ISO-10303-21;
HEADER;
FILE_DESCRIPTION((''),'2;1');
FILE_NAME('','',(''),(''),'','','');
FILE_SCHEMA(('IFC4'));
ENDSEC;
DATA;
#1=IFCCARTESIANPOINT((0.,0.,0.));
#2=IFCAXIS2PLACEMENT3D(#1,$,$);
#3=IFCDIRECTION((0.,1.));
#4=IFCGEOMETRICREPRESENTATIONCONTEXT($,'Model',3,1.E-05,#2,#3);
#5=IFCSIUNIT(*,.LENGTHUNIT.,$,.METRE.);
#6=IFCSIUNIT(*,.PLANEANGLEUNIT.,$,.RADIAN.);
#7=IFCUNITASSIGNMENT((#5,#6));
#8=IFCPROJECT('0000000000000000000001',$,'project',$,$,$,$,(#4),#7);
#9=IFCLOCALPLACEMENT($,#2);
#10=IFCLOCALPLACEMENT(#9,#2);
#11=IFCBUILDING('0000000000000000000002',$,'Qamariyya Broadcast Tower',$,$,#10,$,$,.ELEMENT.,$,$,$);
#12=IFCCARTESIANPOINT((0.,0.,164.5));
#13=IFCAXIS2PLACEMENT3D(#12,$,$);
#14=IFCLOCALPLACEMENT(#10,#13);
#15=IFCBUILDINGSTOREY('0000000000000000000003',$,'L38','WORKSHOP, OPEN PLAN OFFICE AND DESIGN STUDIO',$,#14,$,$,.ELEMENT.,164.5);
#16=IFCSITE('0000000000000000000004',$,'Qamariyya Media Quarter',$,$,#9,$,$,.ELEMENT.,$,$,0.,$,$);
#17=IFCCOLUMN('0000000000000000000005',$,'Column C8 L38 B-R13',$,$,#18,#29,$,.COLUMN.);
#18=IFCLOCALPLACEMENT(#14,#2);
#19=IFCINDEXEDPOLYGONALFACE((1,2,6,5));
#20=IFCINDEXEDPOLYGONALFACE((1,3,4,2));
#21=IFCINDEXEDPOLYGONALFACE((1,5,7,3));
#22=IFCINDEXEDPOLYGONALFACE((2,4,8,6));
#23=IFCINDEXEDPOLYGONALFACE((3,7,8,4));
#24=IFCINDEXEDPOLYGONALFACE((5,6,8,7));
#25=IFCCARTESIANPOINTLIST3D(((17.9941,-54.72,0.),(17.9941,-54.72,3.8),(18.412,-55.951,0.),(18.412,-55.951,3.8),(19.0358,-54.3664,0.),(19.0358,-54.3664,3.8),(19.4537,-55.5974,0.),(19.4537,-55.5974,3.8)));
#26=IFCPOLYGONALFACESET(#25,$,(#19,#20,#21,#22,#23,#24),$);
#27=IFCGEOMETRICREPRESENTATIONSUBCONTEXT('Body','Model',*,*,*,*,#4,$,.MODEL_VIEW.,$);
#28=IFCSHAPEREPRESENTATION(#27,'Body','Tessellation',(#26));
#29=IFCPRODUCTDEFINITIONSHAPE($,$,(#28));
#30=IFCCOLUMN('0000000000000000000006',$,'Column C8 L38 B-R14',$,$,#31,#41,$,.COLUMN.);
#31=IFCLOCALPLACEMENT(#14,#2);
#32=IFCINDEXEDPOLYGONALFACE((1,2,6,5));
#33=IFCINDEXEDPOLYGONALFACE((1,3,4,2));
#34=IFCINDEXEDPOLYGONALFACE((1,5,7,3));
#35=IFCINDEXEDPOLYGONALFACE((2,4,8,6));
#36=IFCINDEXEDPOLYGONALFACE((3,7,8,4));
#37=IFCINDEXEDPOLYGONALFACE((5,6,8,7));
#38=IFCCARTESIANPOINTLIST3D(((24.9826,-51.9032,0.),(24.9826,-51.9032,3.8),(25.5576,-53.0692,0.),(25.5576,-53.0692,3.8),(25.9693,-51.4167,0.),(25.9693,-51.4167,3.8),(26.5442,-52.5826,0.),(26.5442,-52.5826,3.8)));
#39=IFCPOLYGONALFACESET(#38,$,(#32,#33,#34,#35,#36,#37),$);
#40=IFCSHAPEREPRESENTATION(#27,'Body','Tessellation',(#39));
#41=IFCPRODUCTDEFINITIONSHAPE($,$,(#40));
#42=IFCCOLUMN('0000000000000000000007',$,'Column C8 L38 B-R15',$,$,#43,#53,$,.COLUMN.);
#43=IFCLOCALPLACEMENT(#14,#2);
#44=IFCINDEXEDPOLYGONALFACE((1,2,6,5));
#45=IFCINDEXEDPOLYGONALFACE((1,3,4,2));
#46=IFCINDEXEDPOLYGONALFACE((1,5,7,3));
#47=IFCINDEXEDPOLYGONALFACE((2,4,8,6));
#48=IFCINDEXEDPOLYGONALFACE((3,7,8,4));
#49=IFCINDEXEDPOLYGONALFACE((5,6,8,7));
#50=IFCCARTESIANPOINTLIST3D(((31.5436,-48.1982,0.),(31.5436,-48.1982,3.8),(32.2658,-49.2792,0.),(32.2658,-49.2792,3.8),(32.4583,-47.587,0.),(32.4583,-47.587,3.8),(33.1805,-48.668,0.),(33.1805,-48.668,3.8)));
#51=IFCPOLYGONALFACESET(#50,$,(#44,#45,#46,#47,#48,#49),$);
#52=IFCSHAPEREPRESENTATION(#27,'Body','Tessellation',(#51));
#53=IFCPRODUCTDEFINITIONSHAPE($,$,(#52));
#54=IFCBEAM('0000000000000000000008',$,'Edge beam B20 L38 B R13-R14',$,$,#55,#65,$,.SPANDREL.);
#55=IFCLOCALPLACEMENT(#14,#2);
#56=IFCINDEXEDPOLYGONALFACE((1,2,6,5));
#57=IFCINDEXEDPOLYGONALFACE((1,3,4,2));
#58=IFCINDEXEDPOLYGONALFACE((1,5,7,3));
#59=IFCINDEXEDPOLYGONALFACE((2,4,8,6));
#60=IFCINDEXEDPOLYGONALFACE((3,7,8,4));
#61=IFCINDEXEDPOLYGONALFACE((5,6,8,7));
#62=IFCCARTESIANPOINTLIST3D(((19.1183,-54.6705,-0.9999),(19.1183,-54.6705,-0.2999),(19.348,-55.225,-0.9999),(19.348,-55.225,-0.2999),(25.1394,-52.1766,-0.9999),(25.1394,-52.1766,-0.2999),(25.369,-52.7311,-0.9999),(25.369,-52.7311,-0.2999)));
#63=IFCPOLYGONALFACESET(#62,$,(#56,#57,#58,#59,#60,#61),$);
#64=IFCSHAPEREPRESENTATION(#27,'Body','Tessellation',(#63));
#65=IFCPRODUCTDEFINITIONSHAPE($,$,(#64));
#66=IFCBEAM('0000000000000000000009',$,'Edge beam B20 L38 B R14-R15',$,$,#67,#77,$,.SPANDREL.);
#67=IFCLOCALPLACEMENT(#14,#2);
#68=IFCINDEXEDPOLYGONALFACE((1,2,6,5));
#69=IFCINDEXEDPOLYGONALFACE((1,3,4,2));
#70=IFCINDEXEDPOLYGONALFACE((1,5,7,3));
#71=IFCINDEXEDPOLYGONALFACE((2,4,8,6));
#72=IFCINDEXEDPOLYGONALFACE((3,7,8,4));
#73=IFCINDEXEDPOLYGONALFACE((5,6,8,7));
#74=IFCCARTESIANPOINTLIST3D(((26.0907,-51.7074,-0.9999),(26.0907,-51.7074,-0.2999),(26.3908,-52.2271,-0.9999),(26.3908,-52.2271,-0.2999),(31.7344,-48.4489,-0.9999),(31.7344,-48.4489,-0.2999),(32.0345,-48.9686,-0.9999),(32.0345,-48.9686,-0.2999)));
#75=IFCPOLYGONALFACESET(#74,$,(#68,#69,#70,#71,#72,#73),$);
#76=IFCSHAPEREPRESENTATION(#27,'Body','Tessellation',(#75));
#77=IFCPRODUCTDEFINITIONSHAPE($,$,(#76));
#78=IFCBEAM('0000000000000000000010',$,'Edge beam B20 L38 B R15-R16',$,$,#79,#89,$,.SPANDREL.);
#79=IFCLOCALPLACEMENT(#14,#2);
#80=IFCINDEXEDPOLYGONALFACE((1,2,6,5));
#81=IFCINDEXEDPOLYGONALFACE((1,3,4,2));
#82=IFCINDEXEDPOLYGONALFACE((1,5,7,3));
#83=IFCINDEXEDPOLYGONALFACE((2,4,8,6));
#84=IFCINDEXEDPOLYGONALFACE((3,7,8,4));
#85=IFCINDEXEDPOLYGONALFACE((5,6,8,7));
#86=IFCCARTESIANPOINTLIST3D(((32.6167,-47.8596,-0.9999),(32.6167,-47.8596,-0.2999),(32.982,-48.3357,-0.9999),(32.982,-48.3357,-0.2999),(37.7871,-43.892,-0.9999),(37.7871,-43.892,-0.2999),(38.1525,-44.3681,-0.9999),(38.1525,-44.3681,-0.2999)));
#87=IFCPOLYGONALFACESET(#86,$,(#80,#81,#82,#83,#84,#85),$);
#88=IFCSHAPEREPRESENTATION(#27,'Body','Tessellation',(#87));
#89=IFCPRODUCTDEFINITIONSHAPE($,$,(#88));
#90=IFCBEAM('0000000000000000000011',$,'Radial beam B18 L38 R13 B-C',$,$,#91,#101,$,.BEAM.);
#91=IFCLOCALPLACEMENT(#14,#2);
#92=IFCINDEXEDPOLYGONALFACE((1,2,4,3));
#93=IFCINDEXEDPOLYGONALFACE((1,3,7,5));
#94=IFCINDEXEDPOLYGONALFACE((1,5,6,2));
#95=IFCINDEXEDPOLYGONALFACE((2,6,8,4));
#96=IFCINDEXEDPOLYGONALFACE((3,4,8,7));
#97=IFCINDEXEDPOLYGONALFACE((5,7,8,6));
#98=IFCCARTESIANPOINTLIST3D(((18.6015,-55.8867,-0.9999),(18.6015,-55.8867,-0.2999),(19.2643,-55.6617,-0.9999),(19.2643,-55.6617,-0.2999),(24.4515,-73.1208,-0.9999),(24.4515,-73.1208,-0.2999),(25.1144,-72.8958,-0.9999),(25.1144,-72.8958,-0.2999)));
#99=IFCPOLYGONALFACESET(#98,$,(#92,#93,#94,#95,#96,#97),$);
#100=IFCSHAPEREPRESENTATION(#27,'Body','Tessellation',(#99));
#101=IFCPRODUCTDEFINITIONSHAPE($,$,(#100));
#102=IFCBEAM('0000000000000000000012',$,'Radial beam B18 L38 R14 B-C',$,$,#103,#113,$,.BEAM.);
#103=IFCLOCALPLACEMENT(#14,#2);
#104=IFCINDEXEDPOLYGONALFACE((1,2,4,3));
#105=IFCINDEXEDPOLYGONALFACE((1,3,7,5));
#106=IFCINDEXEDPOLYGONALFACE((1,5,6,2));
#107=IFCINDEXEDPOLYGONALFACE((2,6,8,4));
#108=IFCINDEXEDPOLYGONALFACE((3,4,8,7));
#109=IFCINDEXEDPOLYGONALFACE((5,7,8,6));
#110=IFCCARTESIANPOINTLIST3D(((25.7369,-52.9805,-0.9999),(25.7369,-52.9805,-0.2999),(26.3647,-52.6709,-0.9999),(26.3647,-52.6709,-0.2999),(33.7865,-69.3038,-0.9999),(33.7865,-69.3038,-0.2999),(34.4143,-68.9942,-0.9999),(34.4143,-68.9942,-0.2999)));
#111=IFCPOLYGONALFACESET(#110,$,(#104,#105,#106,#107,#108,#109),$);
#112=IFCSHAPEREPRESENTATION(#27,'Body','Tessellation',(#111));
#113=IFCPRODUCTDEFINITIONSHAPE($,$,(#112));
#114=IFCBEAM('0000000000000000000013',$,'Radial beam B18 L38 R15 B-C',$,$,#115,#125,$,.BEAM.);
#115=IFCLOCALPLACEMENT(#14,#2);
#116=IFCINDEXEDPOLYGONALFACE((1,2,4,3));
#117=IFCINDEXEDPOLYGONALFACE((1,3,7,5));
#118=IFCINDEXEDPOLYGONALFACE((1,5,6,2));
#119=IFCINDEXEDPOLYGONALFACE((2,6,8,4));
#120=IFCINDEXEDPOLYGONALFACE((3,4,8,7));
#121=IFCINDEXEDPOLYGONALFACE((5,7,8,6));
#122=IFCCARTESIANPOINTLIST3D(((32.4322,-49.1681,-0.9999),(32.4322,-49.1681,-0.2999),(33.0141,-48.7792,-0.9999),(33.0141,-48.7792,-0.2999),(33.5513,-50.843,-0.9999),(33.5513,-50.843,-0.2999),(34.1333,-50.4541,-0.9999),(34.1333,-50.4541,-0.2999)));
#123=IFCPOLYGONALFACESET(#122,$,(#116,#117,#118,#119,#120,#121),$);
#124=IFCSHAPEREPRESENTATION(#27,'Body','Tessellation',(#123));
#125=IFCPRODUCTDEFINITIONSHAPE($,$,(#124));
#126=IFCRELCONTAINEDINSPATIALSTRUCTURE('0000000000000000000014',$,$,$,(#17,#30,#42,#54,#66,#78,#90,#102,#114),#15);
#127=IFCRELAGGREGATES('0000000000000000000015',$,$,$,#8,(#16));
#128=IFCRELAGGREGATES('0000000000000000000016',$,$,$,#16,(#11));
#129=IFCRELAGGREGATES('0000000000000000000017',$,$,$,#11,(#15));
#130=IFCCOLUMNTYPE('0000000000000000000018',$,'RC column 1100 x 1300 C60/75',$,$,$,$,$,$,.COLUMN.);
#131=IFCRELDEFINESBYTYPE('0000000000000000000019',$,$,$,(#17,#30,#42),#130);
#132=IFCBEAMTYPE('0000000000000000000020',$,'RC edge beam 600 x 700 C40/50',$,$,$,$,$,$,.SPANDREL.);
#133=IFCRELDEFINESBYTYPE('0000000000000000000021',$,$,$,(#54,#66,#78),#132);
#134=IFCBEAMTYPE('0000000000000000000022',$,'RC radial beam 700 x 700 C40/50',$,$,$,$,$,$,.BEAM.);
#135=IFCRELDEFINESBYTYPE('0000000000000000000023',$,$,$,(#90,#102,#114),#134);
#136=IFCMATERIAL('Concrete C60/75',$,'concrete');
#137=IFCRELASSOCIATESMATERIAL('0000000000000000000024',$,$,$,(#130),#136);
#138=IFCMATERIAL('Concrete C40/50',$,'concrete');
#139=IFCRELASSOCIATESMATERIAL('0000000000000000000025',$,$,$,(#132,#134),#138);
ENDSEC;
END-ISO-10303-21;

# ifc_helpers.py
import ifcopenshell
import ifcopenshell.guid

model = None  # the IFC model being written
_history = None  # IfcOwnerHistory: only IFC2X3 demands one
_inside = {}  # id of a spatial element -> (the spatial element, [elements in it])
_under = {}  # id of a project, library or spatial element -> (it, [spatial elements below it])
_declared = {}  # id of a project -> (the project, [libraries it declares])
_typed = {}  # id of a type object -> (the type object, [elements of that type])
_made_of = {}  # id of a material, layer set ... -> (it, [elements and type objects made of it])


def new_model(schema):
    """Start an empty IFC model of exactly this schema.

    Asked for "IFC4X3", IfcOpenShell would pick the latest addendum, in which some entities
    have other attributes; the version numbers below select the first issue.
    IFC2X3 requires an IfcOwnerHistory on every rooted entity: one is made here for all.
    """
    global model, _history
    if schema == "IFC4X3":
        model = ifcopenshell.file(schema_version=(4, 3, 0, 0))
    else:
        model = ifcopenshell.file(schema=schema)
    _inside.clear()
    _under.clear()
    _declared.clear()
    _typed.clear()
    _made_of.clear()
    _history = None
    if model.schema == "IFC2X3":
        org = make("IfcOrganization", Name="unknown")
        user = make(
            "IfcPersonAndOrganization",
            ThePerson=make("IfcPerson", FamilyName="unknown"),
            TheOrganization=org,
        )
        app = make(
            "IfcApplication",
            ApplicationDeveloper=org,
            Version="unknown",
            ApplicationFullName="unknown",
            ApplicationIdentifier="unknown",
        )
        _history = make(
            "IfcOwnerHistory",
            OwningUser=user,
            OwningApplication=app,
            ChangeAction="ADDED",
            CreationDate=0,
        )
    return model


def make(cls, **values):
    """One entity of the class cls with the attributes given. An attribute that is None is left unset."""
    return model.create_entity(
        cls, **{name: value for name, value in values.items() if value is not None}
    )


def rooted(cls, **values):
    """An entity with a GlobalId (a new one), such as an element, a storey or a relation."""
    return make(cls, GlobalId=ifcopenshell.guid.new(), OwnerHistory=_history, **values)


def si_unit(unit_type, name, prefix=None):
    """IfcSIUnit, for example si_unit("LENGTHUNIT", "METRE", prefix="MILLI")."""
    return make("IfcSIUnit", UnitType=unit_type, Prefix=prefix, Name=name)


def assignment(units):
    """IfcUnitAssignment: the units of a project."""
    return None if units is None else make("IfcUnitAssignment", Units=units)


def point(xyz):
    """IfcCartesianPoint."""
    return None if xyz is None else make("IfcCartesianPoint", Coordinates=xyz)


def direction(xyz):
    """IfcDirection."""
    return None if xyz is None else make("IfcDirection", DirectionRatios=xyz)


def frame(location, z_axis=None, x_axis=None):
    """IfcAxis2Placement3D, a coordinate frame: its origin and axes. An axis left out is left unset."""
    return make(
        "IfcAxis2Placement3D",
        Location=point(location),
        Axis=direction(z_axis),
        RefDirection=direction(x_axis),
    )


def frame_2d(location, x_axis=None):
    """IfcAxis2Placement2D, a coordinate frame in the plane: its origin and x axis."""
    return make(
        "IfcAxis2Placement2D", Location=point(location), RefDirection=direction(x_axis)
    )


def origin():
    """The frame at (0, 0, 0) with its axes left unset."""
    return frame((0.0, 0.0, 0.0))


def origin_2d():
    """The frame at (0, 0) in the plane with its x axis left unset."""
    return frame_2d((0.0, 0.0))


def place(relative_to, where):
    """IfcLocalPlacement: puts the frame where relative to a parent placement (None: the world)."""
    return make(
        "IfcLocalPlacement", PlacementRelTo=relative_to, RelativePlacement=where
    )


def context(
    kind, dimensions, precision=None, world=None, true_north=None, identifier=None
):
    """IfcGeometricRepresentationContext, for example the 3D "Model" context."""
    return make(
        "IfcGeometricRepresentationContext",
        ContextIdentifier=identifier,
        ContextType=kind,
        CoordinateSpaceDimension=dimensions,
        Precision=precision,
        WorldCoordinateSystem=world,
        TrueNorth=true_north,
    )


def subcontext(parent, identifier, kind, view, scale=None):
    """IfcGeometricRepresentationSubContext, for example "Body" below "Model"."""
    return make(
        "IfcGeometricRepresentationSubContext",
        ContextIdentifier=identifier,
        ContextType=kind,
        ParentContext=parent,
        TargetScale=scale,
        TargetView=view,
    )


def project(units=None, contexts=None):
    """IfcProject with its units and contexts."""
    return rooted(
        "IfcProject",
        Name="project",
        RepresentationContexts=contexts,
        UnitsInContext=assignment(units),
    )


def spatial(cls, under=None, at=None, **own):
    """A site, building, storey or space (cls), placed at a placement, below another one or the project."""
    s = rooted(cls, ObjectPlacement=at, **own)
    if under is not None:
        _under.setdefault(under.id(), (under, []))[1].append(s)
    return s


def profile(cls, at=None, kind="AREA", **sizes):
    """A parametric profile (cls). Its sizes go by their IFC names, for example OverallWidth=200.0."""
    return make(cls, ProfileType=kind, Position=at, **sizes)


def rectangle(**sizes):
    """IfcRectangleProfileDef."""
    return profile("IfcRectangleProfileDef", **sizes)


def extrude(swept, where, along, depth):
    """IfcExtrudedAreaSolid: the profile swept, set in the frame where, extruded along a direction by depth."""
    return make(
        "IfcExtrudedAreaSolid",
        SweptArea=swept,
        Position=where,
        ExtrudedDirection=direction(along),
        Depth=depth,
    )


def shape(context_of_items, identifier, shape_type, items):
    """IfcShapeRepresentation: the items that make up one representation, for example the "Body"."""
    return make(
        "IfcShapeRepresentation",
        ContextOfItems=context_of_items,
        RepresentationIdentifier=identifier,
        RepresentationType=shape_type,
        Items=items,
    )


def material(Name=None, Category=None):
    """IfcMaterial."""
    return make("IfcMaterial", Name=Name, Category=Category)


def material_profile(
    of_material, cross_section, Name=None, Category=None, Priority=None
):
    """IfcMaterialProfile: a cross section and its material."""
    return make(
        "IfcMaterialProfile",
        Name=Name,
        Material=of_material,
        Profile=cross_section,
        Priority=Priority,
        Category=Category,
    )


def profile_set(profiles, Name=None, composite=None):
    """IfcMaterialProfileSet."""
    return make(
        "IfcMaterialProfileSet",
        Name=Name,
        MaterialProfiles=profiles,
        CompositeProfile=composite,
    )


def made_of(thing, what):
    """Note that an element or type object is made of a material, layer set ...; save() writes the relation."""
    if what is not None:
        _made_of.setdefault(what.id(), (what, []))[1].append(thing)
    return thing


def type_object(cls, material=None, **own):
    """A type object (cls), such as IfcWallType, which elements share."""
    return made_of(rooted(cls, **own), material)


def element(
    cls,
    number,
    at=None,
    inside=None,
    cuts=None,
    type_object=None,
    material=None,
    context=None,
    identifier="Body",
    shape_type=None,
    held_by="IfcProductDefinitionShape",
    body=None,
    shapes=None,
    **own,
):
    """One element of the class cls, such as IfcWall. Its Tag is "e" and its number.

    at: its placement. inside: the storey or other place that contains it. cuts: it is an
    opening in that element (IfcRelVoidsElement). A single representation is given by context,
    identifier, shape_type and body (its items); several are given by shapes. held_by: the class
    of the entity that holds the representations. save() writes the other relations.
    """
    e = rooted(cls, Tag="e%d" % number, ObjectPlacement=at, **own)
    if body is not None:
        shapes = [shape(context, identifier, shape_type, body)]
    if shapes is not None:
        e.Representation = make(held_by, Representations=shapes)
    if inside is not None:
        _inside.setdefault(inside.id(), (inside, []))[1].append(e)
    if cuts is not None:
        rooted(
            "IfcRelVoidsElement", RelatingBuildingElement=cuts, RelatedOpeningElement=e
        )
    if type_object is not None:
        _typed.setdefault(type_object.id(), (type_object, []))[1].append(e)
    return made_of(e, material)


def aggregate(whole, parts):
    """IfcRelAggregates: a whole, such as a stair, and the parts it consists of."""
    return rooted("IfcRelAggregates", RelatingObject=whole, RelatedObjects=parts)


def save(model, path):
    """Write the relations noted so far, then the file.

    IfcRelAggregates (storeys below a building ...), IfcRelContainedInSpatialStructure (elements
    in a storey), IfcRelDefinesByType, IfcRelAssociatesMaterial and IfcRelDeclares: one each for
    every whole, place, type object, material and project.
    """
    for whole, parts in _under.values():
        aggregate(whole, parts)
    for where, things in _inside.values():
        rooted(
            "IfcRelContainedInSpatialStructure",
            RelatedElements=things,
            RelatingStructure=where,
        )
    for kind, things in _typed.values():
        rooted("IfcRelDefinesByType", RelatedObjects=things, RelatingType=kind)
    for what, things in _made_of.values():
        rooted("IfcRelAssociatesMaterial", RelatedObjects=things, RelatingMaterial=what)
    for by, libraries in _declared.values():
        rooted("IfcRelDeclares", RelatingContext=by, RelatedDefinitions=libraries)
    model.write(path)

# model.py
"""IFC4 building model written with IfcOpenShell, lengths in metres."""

from ifc_helpers import new_model, si_unit, direction, frame, origin, origin_2d, place, context, subcontext, project, spatial, rectangle, extrude, material, material_profile, profile_set, type_object, element, save


model = new_model("IFC4")

# Units and contexts
model_context = context("Model", 3, precision=1e-05, world=origin(), true_north=direction((0.0, 1.0)))
body_context = subcontext(model_context, "Body", "Model", "MODEL_VIEW")
ifc_project = project(units=[si_unit("LENGTHUNIT", "METRE"), si_unit("PLANEANGLEUNIT", "RADIAN")], contexts=[model_context])

# Site, building, storey
site_placement = place(None, origin())
site = spatial("IfcSite", under=ifc_project, at=site_placement, Name="Qamariyya Media Quarter", CompositionType="ELEMENT", RefElevation=0.0)
building_placement = place(site_placement, origin())
building = spatial("IfcBuilding", under=site, at=building_placement, Name="Qamariyya Broadcast Tower", CompositionType="ELEMENT")
storey_placement = place(building_placement, frame((0.0, 0.0, 164.5)))
storey = spatial("IfcBuildingStorey", under=building, at=storey_placement, Name="L38", Description="WORKSHOP, OPEN PLAN OFFICE AND DESIGN STUDIO", CompositionType="ELEMENT", Elevation=164.5)

# Columns
ifc_material_1 = material(Name="Concrete C60/75", Category="concrete")
ifc_material_profile_1 = material_profile(ifc_material_1, rectangle(XDim=1.1001, YDim=1.3, at=origin_2d()))
ifc_profile_set_1 = profile_set([ifc_material_profile_1], Name="Concrete C60/75")
column_type = type_object("IfcColumnType", Name="RC column 1100 x 1300 C60/75", PredefinedType="COLUMN", material=ifc_profile_set_1)
for number, where, z_axis, x_axis, name in (
    (1, (18.7239, -55.1587, 0.0), (0.0, 0.0, 1.0), (0.94693, 0.321439, 0.0), "Column C8 L38 B-R13"),
    (2, (25.7634, -52.2429, 0.0), (0.0, 0.0, 1.0), (0.896873, 0.442289, 0.0), "Column C8 L38 B-R14"),
    (3, (32.3621, -48.4331, 0.0), (0.0, 0.0, 1.0), (0.83147, 0.55557, 0.0), "Column C8 L38 B-R15"),
):
    element("IfcColumn", number, at=place(storey_placement, frame(where, z_axis=z_axis, x_axis=x_axis)), inside=storey, type_object=column_type, Name=name, PredefinedType="COLUMN", context=body_context, shape_type="SweptSolid", body=[
        extrude(rectangle(XDim=1.1001, YDim=1.3, at=origin_2d()), origin(), (0.0, 0.0, 1.0), 3.8),
    ])

# Beams
ifc_material_2 = material(Name="Concrete C40/50", Category="concrete")
ifc_material_profile_2 = material_profile(ifc_material_2, rectangle(XDim=0.6001, YDim=0.7, at=origin_2d()))
ifc_profile_set_2 = profile_set([ifc_material_profile_2], Name="Concrete C40/50")
beam_type_1 = type_object("IfcBeamType", Name="RC edge beam 600 x 700 C40/50", PredefinedType="SPANDREL", material=ifc_profile_set_2)
beam_1_placement = place(storey_placement, frame((19.2332, -54.9478, -0.6499), z_axis=(0.923884, 0.382673, 0.0), x_axis=(-0.382673, 0.923884, 0.0)))
element("IfcBeam", 4, at=beam_1_placement, inside=storey, type_object=beam_type_1, Name="Edge beam B20 L38 B R13-R14", PredefinedType="SPANDREL", context=body_context, shape_type="SweptSolid", body=[
    extrude(rectangle(XDim=0.6001, YDim=0.7, at=origin_2d()), origin(), (0.0, 0.0, 1.0), 6.5171),
])
beam_2_placement = place(storey_placement, frame((26.2407, -51.9673, -0.6499), z_axis=(0.866019, 0.500011, 0.0), x_axis=(-0.500011, 0.866019, 0.0)))
element("IfcBeam", 5, at=beam_2_placement, inside=storey, type_object=beam_type_1, Name="Edge beam B20 L38 B R14-R15", PredefinedType="SPANDREL", context=body_context, shape_type="SweptSolid", body=[
    extrude(rectangle(XDim=0.6001, YDim=0.7, at=origin_2d()), origin(), (0.0, 0.0, 1.0), 6.5168),
])
beam_3_placement = place(storey_placement, frame((32.7993, -48.0977, -0.6499), z_axis=(0.793343, 0.608774, 0.0), x_axis=(-0.608774, 0.793343, 0.0)))
element("IfcBeam", 6, at=beam_3_placement, inside=storey, type_object=beam_type_1, Name="Edge beam B20 L38 B R15-R16", PredefinedType="SPANDREL", context=body_context, shape_type="SweptSolid", body=[
    extrude(rectangle(XDim=0.6001, YDim=0.7, at=origin_2d()), origin(), (0.0, 0.0, 1.0), 6.5173),
])
ifc_material_profile_3 = material_profile(ifc_material_2, rectangle(XDim=0.7, YDim=0.7, at=origin_2d()))
ifc_profile_set_3 = profile_set([ifc_material_profile_3], Name="Concrete C40/50")
beam_type_2 = type_object("IfcBeamType", Name="RC radial beam 700 x 700 C40/50", PredefinedType="BEAM", material=ifc_profile_set_3)
beam_4_placement = place(storey_placement, frame((18.9329, -55.7742, -0.6499), z_axis=(0.321434, -0.946932, 0.0), x_axis=(0.946932, 0.321434, 0.0)))
element("IfcBeam", 7, at=beam_4_placement, inside=storey, type_object=beam_type_2, Name="Radial beam B18 L38 R13 B-C", PredefinedType="BEAM", context=body_context, shape_type="SweptSolid", body=[
    extrude(rectangle(XDim=0.7, YDim=0.7, at=origin_2d()), origin(), (0.0, 0.0, 1.0), 18.2),
])
beam_5_placement = place(storey_placement, frame((26.0508, -52.8257, -0.6499), z_axis=(0.442281, -0.896876, 0.0), x_axis=(0.896876, 0.442281, 0.0)))
element("IfcBeam", 8, at=beam_5_placement, inside=storey, type_object=beam_type_2, Name="Radial beam B18 L38 R14 B-C", PredefinedType="BEAM", context=body_context, shape_type="SweptSolid", body=[
    extrude(rectangle(XDim=0.7, YDim=0.7, at=origin_2d()), origin(), (0.0, 0.0, 1.0), 18.2002),
])
beam_6_placement = place(storey_placement, frame((32.7231, -48.9736, -0.6499), z_axis=(0.555595, -0.831453, 0.0), x_axis=(0.831453, 0.555595, 0.0)))
element("IfcBeam", 9, at=beam_6_placement, inside=storey, type_object=beam_type_2, Name="Radial beam B18 L38 R15 B-C", PredefinedType="BEAM", context=body_context, shape_type="SweptSolid", body=[
    extrude(rectangle(XDim=0.7, YDim=0.7, at=origin_2d()), origin(), (0.0, 0.0, 1.0), 2.0144),
])

save(model, "model.ifc")
